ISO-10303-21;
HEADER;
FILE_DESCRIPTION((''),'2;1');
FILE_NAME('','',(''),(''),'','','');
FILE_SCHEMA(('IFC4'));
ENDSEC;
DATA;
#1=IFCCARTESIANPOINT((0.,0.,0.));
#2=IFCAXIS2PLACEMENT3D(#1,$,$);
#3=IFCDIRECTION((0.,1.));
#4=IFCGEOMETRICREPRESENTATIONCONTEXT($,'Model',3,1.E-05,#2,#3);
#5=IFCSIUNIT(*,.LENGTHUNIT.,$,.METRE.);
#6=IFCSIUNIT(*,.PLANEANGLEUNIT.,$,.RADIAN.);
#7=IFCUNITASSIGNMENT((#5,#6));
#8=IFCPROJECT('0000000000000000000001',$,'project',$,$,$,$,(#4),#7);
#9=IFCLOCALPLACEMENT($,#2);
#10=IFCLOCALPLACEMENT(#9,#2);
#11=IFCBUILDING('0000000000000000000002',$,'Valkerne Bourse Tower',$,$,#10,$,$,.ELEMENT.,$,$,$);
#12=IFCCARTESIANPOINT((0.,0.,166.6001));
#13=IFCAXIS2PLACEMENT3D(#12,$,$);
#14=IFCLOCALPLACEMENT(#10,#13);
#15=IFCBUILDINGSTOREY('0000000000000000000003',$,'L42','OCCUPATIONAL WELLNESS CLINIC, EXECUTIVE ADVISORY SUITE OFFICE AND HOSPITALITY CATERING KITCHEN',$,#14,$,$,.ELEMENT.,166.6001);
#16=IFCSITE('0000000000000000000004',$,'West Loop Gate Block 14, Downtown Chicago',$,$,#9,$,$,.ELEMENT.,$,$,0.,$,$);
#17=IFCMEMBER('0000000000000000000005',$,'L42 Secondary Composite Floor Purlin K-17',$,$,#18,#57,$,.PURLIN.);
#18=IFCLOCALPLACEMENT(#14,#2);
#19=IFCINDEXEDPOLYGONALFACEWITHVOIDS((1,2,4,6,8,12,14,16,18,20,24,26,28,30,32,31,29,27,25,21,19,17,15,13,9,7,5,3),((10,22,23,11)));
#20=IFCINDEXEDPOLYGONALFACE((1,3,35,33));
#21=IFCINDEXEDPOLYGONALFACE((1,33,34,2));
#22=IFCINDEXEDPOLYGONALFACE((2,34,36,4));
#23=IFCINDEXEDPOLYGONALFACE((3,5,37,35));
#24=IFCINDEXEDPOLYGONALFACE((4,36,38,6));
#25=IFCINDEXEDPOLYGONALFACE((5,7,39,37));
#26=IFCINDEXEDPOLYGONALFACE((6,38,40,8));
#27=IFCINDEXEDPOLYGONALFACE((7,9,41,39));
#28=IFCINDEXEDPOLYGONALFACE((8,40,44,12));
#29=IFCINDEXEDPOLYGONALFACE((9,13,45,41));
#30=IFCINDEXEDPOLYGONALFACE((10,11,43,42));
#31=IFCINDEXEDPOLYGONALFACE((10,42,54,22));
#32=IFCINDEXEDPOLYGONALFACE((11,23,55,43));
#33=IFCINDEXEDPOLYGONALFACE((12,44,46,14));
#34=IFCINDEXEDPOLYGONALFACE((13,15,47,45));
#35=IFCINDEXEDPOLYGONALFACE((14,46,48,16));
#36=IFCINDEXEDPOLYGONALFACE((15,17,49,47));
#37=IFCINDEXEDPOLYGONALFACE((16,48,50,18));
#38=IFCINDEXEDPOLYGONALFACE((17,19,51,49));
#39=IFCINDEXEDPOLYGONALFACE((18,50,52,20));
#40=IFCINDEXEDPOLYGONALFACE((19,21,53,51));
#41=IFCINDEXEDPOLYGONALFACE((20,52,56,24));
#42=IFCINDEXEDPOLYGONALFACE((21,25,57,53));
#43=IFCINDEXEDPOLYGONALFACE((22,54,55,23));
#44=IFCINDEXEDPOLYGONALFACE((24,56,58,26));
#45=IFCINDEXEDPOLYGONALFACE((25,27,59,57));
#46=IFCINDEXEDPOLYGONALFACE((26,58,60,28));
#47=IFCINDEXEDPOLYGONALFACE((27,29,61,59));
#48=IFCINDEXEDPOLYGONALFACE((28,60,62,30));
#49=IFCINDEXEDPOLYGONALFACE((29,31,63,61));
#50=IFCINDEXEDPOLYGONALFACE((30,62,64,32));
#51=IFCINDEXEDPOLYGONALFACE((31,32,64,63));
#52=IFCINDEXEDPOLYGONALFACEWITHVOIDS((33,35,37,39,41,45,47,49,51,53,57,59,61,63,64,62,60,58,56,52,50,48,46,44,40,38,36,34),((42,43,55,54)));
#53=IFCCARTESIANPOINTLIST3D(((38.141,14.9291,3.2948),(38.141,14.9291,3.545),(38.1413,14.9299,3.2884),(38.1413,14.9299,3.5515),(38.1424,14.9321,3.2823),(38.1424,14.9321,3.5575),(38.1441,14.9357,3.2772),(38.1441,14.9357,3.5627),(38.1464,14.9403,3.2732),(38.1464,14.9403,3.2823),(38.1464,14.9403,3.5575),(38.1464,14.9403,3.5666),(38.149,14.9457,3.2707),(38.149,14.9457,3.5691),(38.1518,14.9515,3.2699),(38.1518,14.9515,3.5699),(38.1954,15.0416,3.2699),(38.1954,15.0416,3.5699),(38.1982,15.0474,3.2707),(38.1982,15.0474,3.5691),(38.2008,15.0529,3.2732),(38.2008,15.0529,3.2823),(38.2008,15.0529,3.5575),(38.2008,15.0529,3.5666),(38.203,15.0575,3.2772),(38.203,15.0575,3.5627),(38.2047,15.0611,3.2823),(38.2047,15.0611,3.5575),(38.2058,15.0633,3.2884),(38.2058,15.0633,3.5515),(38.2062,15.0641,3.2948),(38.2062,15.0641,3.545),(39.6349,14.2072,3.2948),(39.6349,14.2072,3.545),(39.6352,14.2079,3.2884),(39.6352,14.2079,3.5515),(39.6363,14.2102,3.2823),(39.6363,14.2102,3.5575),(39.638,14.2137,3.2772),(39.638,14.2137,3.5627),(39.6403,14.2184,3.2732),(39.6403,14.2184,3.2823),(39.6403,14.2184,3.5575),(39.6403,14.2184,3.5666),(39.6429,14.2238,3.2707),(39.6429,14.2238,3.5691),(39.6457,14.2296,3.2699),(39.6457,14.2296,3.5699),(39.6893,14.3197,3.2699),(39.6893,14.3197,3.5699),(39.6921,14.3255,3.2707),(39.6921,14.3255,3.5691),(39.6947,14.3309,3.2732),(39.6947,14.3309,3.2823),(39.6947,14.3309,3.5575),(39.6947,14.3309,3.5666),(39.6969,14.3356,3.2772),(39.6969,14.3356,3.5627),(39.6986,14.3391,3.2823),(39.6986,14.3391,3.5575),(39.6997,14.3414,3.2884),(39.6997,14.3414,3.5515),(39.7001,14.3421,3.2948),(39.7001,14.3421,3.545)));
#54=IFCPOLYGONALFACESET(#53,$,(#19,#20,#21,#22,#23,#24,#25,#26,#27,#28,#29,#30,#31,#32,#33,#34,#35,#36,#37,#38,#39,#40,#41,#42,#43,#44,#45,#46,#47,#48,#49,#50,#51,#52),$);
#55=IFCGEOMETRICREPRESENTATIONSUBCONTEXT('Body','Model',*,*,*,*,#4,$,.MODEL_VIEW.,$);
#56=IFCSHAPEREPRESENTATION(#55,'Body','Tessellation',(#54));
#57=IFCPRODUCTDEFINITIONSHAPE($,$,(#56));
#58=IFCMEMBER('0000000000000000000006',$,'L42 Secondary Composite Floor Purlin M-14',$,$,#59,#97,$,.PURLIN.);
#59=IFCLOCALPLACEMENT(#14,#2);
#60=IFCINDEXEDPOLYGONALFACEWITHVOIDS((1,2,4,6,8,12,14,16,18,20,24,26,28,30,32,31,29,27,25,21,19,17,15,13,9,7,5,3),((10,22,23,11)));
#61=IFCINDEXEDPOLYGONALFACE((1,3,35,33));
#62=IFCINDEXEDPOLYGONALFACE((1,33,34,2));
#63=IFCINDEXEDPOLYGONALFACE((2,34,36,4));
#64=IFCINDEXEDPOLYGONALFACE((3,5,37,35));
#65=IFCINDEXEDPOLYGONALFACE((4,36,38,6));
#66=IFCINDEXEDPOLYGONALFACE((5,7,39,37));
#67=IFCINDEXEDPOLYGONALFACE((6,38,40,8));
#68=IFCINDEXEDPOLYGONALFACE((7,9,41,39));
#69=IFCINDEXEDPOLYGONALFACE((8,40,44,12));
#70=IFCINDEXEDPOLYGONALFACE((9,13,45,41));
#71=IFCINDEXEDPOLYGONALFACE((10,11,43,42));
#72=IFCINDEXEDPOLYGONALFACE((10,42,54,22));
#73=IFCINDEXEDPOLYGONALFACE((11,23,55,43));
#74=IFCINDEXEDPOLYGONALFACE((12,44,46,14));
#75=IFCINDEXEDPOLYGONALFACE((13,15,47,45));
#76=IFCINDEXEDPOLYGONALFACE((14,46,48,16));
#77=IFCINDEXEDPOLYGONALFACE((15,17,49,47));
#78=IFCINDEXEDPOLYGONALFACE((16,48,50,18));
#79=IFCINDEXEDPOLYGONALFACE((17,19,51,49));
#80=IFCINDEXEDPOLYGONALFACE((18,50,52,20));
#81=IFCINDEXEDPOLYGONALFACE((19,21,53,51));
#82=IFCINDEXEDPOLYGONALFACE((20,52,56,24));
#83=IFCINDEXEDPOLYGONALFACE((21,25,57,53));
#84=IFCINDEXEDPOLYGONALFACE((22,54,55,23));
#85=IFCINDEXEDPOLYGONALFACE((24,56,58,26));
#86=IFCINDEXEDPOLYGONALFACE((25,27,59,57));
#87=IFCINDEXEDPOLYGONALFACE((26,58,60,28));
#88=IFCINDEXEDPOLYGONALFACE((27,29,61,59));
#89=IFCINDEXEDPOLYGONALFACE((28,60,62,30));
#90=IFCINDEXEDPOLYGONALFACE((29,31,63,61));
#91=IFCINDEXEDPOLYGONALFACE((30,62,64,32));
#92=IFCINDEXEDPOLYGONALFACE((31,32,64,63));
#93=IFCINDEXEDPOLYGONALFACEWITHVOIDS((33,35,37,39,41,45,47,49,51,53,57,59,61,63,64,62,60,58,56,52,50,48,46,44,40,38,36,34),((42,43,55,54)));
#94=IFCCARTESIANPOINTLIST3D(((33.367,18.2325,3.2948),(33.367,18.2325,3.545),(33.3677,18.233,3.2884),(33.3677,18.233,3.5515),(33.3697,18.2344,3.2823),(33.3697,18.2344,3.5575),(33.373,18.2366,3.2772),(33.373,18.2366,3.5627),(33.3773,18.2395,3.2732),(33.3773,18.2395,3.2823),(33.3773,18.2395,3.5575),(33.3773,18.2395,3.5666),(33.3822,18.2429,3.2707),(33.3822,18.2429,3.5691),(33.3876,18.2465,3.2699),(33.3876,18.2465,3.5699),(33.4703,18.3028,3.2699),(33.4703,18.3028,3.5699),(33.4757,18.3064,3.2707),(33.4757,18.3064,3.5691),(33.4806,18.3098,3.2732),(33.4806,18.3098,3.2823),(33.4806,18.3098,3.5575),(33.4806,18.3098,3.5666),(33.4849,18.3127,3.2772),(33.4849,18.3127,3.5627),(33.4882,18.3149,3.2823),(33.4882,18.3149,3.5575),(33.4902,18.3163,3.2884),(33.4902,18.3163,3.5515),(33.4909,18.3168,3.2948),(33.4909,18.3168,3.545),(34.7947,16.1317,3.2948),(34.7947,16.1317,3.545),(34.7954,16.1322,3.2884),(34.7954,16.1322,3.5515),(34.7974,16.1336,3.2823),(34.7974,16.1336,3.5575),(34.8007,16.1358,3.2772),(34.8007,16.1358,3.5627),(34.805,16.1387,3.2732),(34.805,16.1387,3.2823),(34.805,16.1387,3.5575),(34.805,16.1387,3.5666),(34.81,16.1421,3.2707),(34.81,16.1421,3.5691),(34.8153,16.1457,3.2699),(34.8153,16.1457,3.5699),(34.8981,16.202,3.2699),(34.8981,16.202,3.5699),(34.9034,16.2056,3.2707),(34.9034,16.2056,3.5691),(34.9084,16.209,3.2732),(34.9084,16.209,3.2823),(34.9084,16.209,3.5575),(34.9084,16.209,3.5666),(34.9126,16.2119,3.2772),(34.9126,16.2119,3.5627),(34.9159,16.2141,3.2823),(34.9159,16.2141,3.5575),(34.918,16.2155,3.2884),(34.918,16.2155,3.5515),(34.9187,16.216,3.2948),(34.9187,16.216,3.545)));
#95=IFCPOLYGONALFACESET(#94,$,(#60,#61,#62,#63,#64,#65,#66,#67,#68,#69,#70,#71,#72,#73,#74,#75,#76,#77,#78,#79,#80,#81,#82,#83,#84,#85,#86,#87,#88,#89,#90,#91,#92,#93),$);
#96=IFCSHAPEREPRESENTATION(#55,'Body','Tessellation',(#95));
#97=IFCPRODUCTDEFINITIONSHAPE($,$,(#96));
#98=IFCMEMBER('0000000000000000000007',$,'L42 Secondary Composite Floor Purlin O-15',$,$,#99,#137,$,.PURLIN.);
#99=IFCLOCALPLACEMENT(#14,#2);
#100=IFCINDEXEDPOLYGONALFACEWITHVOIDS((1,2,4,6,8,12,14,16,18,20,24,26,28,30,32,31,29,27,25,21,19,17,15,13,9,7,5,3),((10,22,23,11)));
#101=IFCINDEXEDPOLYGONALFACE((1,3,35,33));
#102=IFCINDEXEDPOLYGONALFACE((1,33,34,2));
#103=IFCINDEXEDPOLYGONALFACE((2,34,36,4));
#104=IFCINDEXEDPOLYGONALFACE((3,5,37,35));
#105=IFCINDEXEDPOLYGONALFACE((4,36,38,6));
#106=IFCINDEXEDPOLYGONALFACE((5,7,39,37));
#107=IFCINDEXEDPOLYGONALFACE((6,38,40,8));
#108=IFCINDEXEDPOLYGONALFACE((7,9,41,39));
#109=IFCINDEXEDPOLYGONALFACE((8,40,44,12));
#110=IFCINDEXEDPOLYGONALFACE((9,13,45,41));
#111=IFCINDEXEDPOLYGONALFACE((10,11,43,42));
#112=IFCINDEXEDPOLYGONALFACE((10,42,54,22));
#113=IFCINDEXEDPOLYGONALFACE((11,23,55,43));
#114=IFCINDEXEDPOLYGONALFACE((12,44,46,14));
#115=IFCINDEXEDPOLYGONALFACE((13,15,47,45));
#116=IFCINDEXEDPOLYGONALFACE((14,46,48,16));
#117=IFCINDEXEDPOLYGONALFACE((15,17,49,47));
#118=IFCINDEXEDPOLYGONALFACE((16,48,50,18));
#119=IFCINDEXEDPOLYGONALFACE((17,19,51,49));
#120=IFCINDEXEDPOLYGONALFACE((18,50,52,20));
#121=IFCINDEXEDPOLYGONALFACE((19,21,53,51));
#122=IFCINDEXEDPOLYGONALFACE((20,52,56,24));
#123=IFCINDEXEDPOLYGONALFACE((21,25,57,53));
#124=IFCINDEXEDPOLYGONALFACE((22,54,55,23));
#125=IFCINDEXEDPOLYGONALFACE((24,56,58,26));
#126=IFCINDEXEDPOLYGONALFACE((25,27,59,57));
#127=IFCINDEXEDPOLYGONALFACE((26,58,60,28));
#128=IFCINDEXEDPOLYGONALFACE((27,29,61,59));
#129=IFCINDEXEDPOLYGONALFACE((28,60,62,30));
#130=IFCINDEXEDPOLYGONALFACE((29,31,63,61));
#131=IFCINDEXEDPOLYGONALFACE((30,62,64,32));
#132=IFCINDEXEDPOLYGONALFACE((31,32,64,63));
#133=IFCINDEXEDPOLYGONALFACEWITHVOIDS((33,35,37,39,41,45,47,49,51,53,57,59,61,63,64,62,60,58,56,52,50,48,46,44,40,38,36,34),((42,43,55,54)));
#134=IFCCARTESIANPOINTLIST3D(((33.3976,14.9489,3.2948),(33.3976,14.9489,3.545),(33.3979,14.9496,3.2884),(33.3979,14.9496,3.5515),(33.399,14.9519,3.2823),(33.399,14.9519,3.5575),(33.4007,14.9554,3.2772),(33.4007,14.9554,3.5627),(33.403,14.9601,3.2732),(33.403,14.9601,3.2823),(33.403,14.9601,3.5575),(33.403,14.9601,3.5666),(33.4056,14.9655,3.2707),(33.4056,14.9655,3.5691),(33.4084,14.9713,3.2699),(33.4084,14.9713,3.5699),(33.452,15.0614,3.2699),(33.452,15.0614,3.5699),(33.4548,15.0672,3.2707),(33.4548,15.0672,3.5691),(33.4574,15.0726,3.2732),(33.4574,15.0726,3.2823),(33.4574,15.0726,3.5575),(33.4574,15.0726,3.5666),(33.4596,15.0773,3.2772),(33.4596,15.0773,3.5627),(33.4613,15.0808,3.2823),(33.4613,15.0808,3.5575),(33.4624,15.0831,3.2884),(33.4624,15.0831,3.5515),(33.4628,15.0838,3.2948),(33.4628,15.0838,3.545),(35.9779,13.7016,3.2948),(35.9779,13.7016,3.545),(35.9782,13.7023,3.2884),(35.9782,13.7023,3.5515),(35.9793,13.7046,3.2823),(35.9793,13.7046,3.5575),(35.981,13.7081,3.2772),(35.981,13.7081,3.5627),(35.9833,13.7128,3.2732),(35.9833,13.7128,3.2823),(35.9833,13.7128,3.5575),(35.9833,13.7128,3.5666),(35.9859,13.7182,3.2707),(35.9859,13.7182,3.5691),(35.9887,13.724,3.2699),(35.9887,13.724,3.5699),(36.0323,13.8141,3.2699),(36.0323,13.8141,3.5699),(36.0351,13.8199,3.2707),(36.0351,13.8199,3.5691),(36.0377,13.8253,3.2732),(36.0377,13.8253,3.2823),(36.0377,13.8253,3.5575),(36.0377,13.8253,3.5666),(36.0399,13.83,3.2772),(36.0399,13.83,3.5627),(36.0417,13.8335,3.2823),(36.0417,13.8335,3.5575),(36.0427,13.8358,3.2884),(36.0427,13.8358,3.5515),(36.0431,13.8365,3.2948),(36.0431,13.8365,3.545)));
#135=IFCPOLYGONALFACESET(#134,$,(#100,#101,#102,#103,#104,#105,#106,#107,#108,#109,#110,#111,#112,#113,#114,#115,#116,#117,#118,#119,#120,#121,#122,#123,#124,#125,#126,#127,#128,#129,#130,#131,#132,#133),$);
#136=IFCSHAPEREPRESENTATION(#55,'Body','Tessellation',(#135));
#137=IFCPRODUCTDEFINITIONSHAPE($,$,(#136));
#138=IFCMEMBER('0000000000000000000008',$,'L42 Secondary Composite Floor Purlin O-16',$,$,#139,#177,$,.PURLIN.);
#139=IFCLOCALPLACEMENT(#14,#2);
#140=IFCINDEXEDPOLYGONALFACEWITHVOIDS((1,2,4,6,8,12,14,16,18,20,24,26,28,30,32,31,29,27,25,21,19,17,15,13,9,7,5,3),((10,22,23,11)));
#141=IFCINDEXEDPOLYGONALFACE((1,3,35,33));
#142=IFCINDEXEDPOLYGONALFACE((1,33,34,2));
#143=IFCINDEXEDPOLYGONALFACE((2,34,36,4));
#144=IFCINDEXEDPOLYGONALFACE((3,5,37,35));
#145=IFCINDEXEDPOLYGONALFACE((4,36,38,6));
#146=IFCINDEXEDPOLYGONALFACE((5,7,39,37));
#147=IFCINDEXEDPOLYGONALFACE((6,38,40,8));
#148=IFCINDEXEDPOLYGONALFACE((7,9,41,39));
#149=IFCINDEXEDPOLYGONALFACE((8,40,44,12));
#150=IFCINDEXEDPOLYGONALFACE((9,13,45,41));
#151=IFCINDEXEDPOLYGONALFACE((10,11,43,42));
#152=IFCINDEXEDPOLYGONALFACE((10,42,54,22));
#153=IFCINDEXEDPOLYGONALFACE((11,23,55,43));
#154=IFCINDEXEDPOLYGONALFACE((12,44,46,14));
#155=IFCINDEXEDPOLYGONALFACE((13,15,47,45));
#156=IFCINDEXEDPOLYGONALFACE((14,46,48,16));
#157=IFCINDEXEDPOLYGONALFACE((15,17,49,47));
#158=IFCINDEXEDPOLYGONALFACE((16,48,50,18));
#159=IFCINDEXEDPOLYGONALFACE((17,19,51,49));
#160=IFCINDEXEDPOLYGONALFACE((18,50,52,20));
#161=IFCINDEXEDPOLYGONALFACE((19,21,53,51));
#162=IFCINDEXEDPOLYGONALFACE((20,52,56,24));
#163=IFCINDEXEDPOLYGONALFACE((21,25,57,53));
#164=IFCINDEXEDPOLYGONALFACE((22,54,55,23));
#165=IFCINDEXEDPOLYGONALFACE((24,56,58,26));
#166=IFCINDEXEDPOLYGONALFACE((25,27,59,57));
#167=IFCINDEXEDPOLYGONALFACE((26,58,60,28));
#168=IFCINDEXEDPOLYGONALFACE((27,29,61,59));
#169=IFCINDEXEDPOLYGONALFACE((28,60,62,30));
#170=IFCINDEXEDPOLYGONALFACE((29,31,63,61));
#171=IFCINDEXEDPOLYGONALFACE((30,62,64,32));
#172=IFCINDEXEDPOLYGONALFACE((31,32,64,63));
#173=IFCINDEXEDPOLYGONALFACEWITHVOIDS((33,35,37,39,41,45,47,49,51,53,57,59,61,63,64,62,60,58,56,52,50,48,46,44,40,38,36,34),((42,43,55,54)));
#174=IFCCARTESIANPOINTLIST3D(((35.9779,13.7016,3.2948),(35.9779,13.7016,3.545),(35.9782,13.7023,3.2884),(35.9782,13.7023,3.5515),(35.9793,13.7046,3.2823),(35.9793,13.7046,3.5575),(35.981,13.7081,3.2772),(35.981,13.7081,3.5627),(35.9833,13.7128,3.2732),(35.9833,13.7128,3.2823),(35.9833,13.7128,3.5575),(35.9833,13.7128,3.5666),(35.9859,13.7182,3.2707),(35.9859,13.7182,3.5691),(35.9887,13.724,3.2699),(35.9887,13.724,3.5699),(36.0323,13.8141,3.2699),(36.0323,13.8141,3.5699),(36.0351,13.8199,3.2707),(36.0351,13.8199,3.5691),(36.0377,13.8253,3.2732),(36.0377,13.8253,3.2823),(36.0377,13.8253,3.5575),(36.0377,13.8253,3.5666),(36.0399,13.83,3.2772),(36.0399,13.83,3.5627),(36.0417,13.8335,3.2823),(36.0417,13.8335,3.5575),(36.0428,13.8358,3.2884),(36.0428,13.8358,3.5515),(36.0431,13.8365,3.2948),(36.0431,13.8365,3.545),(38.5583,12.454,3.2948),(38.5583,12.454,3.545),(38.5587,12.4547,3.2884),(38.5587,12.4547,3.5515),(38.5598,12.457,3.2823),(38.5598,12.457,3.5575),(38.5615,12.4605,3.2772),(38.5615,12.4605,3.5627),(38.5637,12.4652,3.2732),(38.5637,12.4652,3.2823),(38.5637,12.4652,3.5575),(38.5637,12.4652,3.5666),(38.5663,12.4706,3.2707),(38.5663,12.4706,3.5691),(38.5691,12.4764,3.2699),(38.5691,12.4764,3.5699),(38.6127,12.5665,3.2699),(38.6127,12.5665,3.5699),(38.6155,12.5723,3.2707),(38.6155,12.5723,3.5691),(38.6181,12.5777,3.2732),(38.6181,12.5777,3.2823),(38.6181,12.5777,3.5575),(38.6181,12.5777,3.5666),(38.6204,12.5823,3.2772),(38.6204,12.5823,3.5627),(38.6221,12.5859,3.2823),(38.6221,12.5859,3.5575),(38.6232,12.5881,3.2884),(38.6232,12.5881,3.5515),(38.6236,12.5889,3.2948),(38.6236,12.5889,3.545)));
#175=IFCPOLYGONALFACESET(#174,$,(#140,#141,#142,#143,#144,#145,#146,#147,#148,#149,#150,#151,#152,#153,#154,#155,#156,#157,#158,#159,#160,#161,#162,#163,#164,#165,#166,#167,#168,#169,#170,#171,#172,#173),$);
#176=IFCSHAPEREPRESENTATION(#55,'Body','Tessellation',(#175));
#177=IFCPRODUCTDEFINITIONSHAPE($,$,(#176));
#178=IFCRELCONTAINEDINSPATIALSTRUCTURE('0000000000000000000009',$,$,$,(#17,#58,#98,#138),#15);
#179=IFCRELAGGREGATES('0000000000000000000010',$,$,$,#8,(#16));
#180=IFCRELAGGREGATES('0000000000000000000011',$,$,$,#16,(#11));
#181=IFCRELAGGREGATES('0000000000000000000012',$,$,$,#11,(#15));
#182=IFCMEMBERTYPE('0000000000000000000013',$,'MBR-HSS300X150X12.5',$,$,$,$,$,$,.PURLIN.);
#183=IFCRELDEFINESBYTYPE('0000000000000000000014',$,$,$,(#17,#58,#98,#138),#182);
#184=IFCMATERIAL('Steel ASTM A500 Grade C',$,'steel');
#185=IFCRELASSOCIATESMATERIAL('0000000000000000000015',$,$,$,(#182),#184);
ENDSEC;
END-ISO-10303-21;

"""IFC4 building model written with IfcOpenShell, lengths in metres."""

from ifc_helpers import new_model, si_unit, direction, frame, origin, origin_2d, place, context, subcontext, project, spatial, hollow_rectangle, extrude, material, material_profile, profile_set, type_object, element, save


model = new_model("IFC4")

# Units and contexts
model_context = context("Model", 3, precision=1e-05, world=origin(), true_north=direction((0.0, 1.0)))
body_context = subcontext(model_context, "Body", "Model", "MODEL_VIEW")
ifc_project = project(units=[si_unit("LENGTHUNIT", "METRE"), si_unit("PLANEANGLEUNIT", "RADIAN")], contexts=[model_context])

# Site, building, storey
site_placement = place(None, origin())
site = spatial("IfcSite", under=ifc_project, at=site_placement, Name="West Loop Gate Block 14, Downtown Chicago", CompositionType="ELEMENT", RefElevation=0.0)
building_placement = place(site_placement, origin())
building = spatial("IfcBuilding", under=site, at=building_placement, Name="Valkerne Bourse Tower", CompositionType="ELEMENT")
storey_placement = place(building_placement, frame((0.0, 0.0, 166.6001)))
storey = spatial("IfcBuildingStorey", under=building, at=storey_placement, Name="L42", Description="OCCUPATIONAL WELLNESS CLINIC, EXECUTIVE ADVISORY SUITE OFFICE AND HOSPITALITY CATERING KITCHEN", CompositionType="ELEMENT", Elevation=166.6001)

# Members
ifc_material_1 = material(Name="Steel ASTM A500 Grade C", Category="steel")
ifc_material_profile_1 = material_profile(ifc_material_1, hollow_rectangle(XDim=0.1499, YDim=0.3, WallThickness=0.0125, OuterFilletRadius=0.0249, at=origin_2d()), Name="HSS300X150X12.5")
ifc_profile_set_1 = profile_set([ifc_material_profile_1], Name="Steel ASTM A500 Grade C")
member_type_1 = type_object("IfcMemberType", Name="MBR-HSS300X150X12.5", PredefinedType="PURLIN", material=ifc_profile_set_1)
member_1_placement = place(storey_placement, frame((38.1736, 14.9966, 3.4199), z_axis=(0.900379, -0.435107, 0.0), x_axis=(0.435107, 0.900379, 0.0)))
element("IfcMember", 1, at=member_1_placement, inside=storey, type_object=member_type_1, Name="L42 Secondary Composite Floor Purlin K-17", PredefinedType="PURLIN", context=body_context, shape_type="SweptSolid", body=[
    extrude(hollow_rectangle(XDim=0.1499, YDim=0.3, WallThickness=0.0125, OuterFilletRadius=0.0249, at=origin_2d()), origin(), (0.0, 0.0, 1.0), 1.6592),
])
member_2_placement = place(storey_placement, frame((33.429, 18.2747, 3.4199), z_axis=(0.562087, -0.827078, 0.0), x_axis=(0.827078, 0.562087, 0.0)))
element("IfcMember", 2, at=member_2_placement, inside=storey, type_object=member_type_1, Name="L42 Secondary Composite Floor Purlin M-14", PredefinedType="PURLIN", context=body_context, shape_type="SweptSolid", body=[
    extrude(hollow_rectangle(XDim=0.1499, YDim=0.3, WallThickness=0.0125, OuterFilletRadius=0.0249, at=origin_2d()), origin(), (0.0, 0.0, 1.0), 2.54),
])
member_3_placement = place(storey_placement, frame((33.4302, 15.0164, 3.4199), z_axis=(0.900327, -0.435214, 0.0), x_axis=(0.435214, 0.900327, 0.0)))
element("IfcMember", 3, at=member_3_placement, inside=storey, type_object=member_type_1, Name="L42 Secondary Composite Floor Purlin O-15", PredefinedType="PURLIN", context=body_context, shape_type="SweptSolid", body=[
    extrude(hollow_rectangle(XDim=0.1499, YDim=0.3, WallThickness=0.0125, OuterFilletRadius=0.0249, at=origin_2d()), origin(), (0.0, 0.0, 1.0), 2.866),
])
member_4_placement = place(storey_placement, frame((36.0105, 13.769, 3.4199), z_axis=(0.900294, -0.435283, 0.0), x_axis=(0.435283, 0.900294, 0.0)))
element("IfcMember", 4, at=member_4_placement, inside=storey, type_object=member_type_1, Name="L42 Secondary Composite Floor Purlin O-16", PredefinedType="PURLIN", context=body_context, shape_type="SweptSolid", body=[
    extrude(hollow_rectangle(XDim=0.1499, YDim=0.3, WallThickness=0.0125, OuterFilletRadius=0.0249, at=origin_2d()), origin(), (0.0, 0.0, 1.0), 2.8662),
])

save(model, "model.ifc")
